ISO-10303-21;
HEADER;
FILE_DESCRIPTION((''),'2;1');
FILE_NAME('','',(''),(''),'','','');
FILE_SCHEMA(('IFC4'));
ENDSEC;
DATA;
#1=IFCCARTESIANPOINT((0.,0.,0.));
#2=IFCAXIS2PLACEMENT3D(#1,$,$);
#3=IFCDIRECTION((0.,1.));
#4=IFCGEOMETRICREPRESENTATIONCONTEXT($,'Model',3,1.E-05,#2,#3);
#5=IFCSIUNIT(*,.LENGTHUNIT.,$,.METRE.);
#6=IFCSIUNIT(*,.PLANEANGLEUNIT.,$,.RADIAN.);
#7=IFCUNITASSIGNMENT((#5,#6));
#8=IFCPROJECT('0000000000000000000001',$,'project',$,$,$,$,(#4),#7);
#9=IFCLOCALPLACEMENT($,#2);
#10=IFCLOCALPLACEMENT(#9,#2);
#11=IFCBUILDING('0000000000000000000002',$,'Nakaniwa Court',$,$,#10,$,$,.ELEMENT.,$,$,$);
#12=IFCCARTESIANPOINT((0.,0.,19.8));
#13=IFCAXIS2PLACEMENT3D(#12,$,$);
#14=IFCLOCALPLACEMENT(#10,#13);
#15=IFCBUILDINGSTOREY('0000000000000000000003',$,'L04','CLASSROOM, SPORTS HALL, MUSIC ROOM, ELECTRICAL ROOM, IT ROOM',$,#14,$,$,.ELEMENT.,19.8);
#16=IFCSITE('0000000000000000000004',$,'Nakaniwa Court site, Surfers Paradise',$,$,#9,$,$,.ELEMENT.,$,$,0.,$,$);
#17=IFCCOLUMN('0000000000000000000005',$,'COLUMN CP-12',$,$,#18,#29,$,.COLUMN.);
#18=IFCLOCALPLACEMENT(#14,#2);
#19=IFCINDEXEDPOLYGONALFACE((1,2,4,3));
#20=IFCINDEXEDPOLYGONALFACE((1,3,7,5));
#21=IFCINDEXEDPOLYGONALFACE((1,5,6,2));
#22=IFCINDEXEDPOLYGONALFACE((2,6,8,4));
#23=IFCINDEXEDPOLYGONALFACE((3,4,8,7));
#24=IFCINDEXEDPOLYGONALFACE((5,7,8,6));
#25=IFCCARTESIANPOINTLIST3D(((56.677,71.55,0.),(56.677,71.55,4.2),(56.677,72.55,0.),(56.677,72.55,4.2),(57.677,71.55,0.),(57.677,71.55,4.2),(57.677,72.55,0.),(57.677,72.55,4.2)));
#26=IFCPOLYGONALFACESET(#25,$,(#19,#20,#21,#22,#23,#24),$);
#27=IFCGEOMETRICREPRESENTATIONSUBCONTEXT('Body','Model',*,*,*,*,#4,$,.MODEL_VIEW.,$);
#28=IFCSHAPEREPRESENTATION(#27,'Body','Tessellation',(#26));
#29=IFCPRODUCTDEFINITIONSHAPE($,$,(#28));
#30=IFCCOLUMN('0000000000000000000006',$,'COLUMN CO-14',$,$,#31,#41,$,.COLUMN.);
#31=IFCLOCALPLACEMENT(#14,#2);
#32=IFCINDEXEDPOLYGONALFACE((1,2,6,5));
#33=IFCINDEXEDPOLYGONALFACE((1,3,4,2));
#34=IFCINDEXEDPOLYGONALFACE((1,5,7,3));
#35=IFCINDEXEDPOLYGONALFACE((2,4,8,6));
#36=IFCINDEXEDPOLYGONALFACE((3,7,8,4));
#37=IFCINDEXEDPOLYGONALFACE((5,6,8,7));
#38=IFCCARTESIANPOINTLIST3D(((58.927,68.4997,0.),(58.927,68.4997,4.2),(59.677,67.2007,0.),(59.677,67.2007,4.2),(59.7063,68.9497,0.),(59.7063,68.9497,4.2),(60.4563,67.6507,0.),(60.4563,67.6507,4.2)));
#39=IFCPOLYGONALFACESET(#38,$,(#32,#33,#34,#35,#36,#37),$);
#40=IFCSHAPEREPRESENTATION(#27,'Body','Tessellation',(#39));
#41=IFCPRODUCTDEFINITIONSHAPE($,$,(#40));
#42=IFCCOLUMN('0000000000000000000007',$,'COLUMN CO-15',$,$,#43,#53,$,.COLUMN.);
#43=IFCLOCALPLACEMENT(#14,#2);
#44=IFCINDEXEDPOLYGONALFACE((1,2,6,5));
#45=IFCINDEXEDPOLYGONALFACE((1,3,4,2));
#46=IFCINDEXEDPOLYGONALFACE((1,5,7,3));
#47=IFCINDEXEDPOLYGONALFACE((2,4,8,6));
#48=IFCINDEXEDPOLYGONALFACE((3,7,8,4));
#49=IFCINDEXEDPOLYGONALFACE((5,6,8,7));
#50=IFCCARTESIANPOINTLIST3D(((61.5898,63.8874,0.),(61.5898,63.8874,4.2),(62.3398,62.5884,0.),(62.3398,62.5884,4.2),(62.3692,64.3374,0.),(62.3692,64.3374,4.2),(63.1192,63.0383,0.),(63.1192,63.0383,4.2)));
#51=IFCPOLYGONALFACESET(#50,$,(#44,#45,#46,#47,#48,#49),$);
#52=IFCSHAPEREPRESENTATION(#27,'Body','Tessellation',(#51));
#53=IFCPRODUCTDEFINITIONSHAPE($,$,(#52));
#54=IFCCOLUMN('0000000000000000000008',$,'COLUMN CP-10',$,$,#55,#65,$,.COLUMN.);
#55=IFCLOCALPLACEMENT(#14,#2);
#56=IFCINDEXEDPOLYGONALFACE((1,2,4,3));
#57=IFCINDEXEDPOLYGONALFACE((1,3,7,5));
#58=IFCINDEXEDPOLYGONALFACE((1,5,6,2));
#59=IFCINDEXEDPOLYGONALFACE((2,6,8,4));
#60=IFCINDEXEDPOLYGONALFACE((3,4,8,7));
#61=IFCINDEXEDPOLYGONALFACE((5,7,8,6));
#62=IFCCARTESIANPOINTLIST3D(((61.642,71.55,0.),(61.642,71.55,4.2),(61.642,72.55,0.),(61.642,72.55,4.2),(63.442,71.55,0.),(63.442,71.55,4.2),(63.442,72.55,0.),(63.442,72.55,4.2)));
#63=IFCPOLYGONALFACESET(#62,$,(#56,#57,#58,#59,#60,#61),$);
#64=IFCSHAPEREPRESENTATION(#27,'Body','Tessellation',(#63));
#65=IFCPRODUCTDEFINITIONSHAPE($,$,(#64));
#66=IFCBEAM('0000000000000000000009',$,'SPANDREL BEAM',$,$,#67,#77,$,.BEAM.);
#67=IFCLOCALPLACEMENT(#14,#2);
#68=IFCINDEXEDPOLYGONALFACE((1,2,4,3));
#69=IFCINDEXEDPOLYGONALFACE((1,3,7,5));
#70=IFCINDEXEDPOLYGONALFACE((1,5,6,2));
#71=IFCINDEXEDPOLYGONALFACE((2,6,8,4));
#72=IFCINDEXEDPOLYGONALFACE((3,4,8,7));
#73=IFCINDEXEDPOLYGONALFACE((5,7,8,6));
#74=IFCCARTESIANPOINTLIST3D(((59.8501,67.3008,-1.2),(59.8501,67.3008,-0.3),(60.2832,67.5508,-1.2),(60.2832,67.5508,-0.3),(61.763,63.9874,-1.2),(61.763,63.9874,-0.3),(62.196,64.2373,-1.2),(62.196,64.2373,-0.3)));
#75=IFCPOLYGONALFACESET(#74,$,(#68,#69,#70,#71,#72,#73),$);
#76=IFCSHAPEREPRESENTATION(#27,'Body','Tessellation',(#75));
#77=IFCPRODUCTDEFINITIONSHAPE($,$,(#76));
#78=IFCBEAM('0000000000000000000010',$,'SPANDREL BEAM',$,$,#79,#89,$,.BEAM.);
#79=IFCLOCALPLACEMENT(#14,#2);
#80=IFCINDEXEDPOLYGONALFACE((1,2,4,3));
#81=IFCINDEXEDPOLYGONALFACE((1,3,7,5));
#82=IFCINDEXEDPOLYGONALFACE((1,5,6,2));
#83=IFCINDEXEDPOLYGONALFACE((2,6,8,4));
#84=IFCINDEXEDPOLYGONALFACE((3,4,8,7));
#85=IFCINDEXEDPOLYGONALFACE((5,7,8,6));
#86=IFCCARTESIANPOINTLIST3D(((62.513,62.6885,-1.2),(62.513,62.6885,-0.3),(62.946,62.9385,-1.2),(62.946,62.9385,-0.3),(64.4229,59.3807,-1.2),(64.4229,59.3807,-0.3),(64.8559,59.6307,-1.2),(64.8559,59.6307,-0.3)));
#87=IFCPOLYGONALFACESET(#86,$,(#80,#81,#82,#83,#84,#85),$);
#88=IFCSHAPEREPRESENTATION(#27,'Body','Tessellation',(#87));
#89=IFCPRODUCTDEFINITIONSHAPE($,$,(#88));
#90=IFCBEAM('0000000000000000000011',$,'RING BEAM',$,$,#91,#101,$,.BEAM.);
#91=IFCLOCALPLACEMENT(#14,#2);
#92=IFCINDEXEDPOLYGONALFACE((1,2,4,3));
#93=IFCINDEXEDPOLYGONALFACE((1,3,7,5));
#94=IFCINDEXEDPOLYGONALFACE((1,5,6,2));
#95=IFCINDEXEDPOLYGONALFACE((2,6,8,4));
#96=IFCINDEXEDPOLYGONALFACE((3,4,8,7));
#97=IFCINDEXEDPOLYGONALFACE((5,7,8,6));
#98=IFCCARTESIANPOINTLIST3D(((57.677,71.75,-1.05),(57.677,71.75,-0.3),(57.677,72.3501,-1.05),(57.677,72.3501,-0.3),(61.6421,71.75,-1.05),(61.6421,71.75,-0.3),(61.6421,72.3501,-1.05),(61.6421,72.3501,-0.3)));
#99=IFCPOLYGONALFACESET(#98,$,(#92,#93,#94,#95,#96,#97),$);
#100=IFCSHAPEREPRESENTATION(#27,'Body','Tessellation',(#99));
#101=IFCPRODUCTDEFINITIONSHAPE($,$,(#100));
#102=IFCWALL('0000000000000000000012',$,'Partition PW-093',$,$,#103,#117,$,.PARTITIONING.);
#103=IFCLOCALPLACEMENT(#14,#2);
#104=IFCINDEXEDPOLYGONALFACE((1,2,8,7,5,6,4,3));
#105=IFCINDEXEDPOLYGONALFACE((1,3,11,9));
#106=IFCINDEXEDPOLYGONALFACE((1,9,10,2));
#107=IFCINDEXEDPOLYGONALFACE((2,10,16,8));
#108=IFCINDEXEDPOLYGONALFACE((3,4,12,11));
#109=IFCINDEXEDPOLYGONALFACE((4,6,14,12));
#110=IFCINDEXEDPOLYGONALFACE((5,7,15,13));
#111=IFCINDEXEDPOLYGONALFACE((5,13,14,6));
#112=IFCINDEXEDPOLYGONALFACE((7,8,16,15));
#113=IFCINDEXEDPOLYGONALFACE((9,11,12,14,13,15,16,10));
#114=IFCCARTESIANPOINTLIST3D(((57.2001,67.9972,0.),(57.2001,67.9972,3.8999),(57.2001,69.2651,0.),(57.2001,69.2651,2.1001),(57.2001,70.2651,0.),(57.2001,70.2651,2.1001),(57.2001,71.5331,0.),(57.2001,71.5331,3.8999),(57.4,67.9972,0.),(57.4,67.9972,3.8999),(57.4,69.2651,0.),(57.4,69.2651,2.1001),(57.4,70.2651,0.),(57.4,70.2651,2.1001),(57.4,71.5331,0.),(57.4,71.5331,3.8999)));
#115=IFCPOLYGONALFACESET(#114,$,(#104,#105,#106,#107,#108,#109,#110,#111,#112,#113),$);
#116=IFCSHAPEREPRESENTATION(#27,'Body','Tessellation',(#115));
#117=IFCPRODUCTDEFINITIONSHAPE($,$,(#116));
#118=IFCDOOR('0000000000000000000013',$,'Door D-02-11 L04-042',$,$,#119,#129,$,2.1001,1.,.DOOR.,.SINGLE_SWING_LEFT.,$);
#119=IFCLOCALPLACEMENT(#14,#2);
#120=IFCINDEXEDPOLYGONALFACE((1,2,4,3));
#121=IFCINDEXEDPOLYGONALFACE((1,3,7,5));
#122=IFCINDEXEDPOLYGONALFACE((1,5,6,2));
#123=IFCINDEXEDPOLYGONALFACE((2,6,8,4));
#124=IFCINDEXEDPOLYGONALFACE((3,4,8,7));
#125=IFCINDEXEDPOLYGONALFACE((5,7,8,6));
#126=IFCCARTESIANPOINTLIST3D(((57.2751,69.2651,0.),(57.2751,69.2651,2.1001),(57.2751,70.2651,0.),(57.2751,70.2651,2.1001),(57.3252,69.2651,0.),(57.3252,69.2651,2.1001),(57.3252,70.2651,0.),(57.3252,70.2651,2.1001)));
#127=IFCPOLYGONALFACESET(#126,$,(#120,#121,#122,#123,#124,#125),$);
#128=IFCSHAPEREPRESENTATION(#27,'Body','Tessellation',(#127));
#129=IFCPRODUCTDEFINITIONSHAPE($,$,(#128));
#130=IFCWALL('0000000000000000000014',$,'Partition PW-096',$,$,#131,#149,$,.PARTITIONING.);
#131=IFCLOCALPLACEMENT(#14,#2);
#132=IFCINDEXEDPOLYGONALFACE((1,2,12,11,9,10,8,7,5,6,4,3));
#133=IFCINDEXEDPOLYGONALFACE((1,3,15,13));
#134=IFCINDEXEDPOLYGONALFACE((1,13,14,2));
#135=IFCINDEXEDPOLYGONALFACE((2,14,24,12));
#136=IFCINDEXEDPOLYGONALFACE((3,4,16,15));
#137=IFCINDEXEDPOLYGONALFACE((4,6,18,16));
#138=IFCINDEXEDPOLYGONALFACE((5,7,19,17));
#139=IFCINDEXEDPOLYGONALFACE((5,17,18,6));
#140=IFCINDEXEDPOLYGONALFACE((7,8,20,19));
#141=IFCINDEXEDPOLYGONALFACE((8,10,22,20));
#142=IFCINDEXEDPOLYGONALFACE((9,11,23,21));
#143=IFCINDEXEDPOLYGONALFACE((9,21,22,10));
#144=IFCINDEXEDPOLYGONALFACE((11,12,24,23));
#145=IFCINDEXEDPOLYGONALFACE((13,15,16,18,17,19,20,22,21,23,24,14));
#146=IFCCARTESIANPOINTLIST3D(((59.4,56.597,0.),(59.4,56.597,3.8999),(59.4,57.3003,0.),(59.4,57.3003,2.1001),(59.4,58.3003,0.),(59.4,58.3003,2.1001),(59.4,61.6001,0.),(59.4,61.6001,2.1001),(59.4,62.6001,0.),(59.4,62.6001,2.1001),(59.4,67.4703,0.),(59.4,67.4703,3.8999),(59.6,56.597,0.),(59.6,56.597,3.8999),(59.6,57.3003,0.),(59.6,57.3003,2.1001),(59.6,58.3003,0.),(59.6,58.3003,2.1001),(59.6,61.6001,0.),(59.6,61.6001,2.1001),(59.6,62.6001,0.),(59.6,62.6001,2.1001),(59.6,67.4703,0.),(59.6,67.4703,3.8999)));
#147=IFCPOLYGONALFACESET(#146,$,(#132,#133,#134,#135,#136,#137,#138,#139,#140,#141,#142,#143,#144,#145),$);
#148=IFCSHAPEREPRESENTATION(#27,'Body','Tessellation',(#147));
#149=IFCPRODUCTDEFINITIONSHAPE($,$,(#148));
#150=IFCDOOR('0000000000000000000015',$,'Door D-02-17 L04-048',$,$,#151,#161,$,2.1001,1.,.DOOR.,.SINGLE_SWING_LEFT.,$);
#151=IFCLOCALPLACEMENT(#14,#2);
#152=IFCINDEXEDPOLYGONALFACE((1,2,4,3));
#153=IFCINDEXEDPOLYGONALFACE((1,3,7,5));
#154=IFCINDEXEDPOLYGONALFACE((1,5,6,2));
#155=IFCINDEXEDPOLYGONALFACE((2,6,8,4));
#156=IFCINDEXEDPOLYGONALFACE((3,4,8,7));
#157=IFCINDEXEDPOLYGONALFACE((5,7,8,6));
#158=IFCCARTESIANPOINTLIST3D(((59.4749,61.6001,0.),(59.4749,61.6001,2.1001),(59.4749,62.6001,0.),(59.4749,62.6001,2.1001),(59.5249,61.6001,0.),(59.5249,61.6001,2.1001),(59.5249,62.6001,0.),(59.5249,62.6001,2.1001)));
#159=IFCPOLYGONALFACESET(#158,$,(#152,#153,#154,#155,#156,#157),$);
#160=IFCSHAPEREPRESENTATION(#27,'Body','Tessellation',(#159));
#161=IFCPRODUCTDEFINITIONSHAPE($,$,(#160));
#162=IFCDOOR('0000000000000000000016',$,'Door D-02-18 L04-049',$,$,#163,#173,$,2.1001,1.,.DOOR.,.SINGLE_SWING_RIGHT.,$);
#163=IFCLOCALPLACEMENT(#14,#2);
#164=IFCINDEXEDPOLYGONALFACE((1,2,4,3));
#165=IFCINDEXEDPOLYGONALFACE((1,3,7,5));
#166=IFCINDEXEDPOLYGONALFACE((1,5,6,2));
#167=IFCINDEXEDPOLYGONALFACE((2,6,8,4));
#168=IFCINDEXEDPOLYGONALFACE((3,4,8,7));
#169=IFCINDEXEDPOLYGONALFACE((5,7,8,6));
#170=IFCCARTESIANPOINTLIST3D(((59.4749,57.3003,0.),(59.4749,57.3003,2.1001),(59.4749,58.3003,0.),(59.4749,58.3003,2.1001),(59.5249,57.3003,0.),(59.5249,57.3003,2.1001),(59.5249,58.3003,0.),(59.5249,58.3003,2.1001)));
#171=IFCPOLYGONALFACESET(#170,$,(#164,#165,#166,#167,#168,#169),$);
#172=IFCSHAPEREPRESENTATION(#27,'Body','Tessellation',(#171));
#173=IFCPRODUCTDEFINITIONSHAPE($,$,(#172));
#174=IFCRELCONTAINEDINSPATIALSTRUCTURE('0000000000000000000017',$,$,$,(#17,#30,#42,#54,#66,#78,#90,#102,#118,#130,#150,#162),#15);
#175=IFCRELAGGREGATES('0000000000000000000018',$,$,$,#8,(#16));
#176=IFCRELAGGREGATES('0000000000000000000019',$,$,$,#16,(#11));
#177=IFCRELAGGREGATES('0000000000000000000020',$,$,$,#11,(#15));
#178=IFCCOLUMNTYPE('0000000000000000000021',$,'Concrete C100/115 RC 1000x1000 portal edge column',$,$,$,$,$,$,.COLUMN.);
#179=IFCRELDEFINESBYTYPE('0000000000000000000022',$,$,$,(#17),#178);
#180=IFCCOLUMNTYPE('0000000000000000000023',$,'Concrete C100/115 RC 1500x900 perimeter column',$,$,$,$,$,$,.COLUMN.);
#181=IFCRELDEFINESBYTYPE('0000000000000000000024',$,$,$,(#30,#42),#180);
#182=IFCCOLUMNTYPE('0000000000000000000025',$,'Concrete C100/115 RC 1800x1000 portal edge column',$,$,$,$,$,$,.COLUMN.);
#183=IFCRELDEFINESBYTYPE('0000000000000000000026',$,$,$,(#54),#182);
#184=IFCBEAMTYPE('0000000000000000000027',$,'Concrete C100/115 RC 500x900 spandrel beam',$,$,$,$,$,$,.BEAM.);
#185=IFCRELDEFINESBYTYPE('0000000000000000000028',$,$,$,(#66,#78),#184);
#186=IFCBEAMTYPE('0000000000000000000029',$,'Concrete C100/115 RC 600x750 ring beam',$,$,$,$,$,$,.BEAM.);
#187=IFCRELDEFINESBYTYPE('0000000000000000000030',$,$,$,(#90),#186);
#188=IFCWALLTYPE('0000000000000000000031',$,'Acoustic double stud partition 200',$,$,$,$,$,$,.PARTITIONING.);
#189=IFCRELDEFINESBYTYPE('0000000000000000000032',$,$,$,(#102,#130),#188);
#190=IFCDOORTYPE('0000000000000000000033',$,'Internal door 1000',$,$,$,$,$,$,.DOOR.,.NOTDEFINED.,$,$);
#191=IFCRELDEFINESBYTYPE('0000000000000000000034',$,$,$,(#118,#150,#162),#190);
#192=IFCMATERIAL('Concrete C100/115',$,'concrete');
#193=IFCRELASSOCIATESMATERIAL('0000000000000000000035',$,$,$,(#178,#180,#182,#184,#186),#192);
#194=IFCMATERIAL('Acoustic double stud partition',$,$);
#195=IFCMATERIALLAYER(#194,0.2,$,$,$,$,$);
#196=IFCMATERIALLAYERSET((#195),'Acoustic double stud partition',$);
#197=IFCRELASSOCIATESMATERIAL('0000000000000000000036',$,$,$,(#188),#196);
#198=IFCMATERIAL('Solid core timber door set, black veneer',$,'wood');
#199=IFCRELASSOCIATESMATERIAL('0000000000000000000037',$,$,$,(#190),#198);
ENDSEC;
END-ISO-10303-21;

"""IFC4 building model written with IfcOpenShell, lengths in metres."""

from ifc_helpers import new_model, si_unit, direction, frame, frame_2d, origin, origin_2d, place, context, subcontext, project, spatial, rectangle, extrude, material, layer, layer_set, material_profile, profile_set, type_object, element, fill, save


model = new_model("IFC4")

# Units and contexts
model_context = context("Model", 3, precision=1e-05, world=origin(), true_north=direction((0.0, 1.0)))
body_context = subcontext(model_context, "Body", "Model", "MODEL_VIEW")
ifc_project = project(units=[si_unit("LENGTHUNIT", "METRE"), si_unit("PLANEANGLEUNIT", "RADIAN")], contexts=[model_context])

# Site, building, storey
site_placement = place(None, origin())
site = spatial("IfcSite", under=ifc_project, at=site_placement, Name="Nakaniwa Court site, Surfers Paradise", CompositionType="ELEMENT", RefElevation=0.0)
building_placement = place(site_placement, origin())
building = spatial("IfcBuilding", under=site, at=building_placement, Name="Nakaniwa Court", CompositionType="ELEMENT")
storey_placement = place(building_placement, frame((0.0, 0.0, 19.8)))
storey = spatial("IfcBuildingStorey", under=building, at=storey_placement, Name="L04", Description="CLASSROOM, SPORTS HALL, MUSIC ROOM, ELECTRICAL ROOM, IT ROOM", CompositionType="ELEMENT", Elevation=19.8)

# Columns
ifc_material_1 = material(Name="Concrete C100/115", Category="concrete")
ifc_material_profile_1 = material_profile(ifc_material_1, rectangle(XDim=1.0, YDim=1.0, at=origin_2d()), Name="Concrete C100/115 RC 1000x1000 portal edge column")
ifc_profile_set_1 = profile_set([ifc_material_profile_1], Name="Concrete C100/115")
column_type_1 = type_object("IfcColumnType", Name="Concrete C100/115 RC 1000x1000 portal edge column", PredefinedType="COLUMN", material=ifc_profile_set_1)
column_1_placement = place(storey_placement, frame((57.177, 72.05, 0.0), z_axis=(0.0, 0.0, 1.0), x_axis=(1.0, 0.0, 0.0)))
element("IfcColumn", 1, at=column_1_placement, inside=storey, type_object=column_type_1, Name="COLUMN CP-12", PredefinedType="COLUMN", context=body_context, shape_type="SweptSolid", body=[
    extrude(rectangle(XDim=1.0, YDim=1.0, at=origin_2d()), origin(), (0.0, 0.0, 1.0), 4.2),
])
ifc_material_profile_2 = material_profile(ifc_material_1, rectangle(XDim=1.5, YDim=0.8999, at=origin_2d()), Name="Concrete C100/115 RC 1500x900 perimeter column")
ifc_profile_set_2 = profile_set([ifc_material_profile_2], Name="Concrete C100/115")
column_type_2 = type_object("IfcColumnType", Name="Concrete C100/115 RC 1500x900 perimeter column", PredefinedType="COLUMN", material=ifc_profile_set_2)
for number, where, z_axis, x_axis, name in (
    (2, (59.6917, 68.0752, 0.0), (0.0, 0.0, 1.0), (0.5, -0.866025, 0.0), "COLUMN CO-14"),
    (3, (62.3545, 63.4629, 0.0), (0.0, 0.0, 1.0), (0.5, -0.866025, 0.0), "COLUMN CO-15"),
):
    element("IfcColumn", number, at=place(storey_placement, frame(where, z_axis=z_axis, x_axis=x_axis)), inside=storey, type_object=column_type_2, Name=name, PredefinedType="COLUMN", context=body_context, shape_type="SweptSolid", body=[
        extrude(rectangle(XDim=1.5, YDim=0.8999, at=origin_2d()), origin(), (0.0, 0.0, 1.0), 4.2),
    ])
ifc_material_profile_3 = material_profile(ifc_material_1, rectangle(XDim=1.8, YDim=1.0, at=origin_2d()), Name="Concrete C100/115 RC 1800x1000 portal edge column")
ifc_profile_set_3 = profile_set([ifc_material_profile_3], Name="Concrete C100/115")
column_type_3 = type_object("IfcColumnType", Name="Concrete C100/115 RC 1800x1000 portal edge column", PredefinedType="COLUMN", material=ifc_profile_set_3)
column_2_placement = place(storey_placement, frame((62.542, 72.05, 0.0), z_axis=(0.0, 0.0, 1.0), x_axis=(1.0, 0.0, 0.0)))
element("IfcColumn", 4, at=column_2_placement, inside=storey, type_object=column_type_3, Name="COLUMN CP-10", PredefinedType="COLUMN", context=body_context, shape_type="SweptSolid", body=[
    extrude(rectangle(XDim=1.8, YDim=1.0, at=origin_2d()), origin(), (0.0, 0.0, 1.0), 4.2),
])

# Beams
ifc_material_profile_4 = material_profile(ifc_material_1, rectangle(XDim=0.5, YDim=0.8999, at=origin_2d()), Name="Concrete C100/115 RC 500x900 spandrel beam")
ifc_profile_set_4 = profile_set([ifc_material_profile_4], Name="Concrete C100/115")
beam_type_1 = type_object("IfcBeamType", Name="Concrete C100/115 RC 500x900 spandrel beam", PredefinedType="BEAM", material=ifc_profile_set_4)
beam_1_placement = place(storey_placement, frame((60.0667, 67.4258, -0.75), z_axis=(0.499962, -0.866047, 0.0), x_axis=(0.866047, 0.499962, 0.0)))
element("IfcBeam", 5, at=beam_1_placement, inside=storey, type_object=beam_type_1, Name="SPANDREL BEAM", PredefinedType="BEAM", context=body_context, shape_type="SweptSolid", body=[
    extrude(rectangle(XDim=0.5, YDim=0.8999, at=origin_2d()), origin(), (0.0, 0.0, 1.0), 3.8259),
])
beam_2_placement = place(storey_placement, frame((62.7295, 62.8135, -0.75), z_axis=(0.500023, -0.866012, 0.0), x_axis=(0.866012, 0.500023, 0.0)))
element("IfcBeam", 6, at=beam_2_placement, inside=storey, type_object=beam_type_1, Name="SPANDREL BEAM", PredefinedType="BEAM", context=body_context, shape_type="SweptSolid", body=[
    extrude(rectangle(XDim=0.5, YDim=0.8999, at=origin_2d()), origin(), (0.0, 0.0, 1.0), 3.8196),
])
ifc_material_profile_5 = material_profile(ifc_material_1, rectangle(XDim=0.6001, YDim=0.75, at=origin_2d()), Name="Concrete C100/115 RC 600x750 ring beam")
ifc_profile_set_5 = profile_set([ifc_material_profile_5], Name="Concrete C100/115")
beam_type_2 = type_object("IfcBeamType", Name="Concrete C100/115 RC 600x750 ring beam", PredefinedType="BEAM", material=ifc_profile_set_5)
beam_3_placement = place(storey_placement, frame((57.677, 72.05, -0.675), z_axis=(1.0, 0.0, 0.0), x_axis=(0.0, 1.0, 0.0)))
element("IfcBeam", 7, at=beam_3_placement, inside=storey, type_object=beam_type_2, Name="RING BEAM", PredefinedType="BEAM", context=body_context, shape_type="SweptSolid", body=[
    extrude(rectangle(XDim=0.6001, YDim=0.75, at=origin_2d()), origin(), (0.0, 0.0, 1.0), 3.9651),
])

# Wall, opening, door
ifc_material_2 = material(Name="Acoustic double stud partition")
ifc_layer_1 = layer(ifc_material_2, 0.2)
ifc_layer_set_1 = layer_set([ifc_layer_1], Name="Acoustic double stud partition")
wall_type_1 = type_object("IfcWallType", Name="Acoustic double stud partition 200", PredefinedType="PARTITIONING", material=ifc_layer_set_1)
wall_1_placement = place(storey_placement, frame((57.3, 67.9971, 0.0), z_axis=(0.0, 0.0, 1.0), x_axis=(0.0, 1.0, 0.0)))
wall_1 = element("IfcWall", 8, at=wall_1_placement, inside=storey, type_object=wall_type_1, Name="Partition PW-093", PredefinedType="PARTITIONING", context=body_context, shape_type="SweptSolid", body=[
    extrude(rectangle(XDim=3.5359, YDim=0.2, at=frame_2d((1.7681, 0.0))), origin(), (0.0, 0.0, 1.0), 3.8999),
])
opening_1_placement = place(wall_1_placement, frame((1.2681, 0.0, 0.0)))
opening_1 = element("IfcOpeningElement", 9, at=opening_1_placement, cuts=wall_1, PredefinedType="OPENING", context=body_context, shape_type="SweptSolid", body=[
    extrude(rectangle(XDim=1.0, YDim=2.1001, at=frame_2d((0.5, 1.05))), frame((0.0, 0.1099, 0.0), z_axis=(0.0, -1.0, 0.0), x_axis=(1.0, 0.0, 0.0)), (0.0, 0.0, 1.0), 0.22),
])
ifc_material_3 = material(Name="Solid core timber door set, black veneer", Category="wood")
door_type_1 = type_object("IfcDoorType", Name="Internal door 1000", OperationType="NOTDEFINED", PredefinedType="DOOR", material=ifc_material_3)
door_1_placement = place(opening_1_placement, origin())
door_1 = element("IfcDoor", 10, at=door_1_placement, inside=storey, type_object=door_type_1, Name="Door D-02-11 L04-042", OperationType="SINGLE_SWING_LEFT", OverallHeight=2.1001, OverallWidth=1.0, PredefinedType="DOOR", context=body_context, shape_type="SweptSolid", body=[
    extrude(rectangle(XDim=1.0, YDim=2.1001, at=frame_2d((0.5, 1.05))), frame((0.0, 0.0249, 0.0), z_axis=(0.0, -1.0, 0.0), x_axis=(1.0, 0.0, 0.0)), (0.0, 0.0, 1.0), 0.05),
])
fill(opening_1, door_1)

# Wall, openings, doors
wall_2_placement = place(storey_placement, frame((59.5, 67.4702, 0.0), z_axis=(0.0, 0.0, 1.0), x_axis=(0.0, -1.0, 0.0)))
wall_2 = element("IfcWall", 11, at=wall_2_placement, inside=storey, type_object=wall_type_1, Name="Partition PW-096", PredefinedType="PARTITIONING", context=body_context, shape_type="SweptSolid", body=[
    extrude(rectangle(XDim=10.8733, YDim=0.2, at=frame_2d((5.4365, 0.0))), origin(), (0.0, 0.0, 1.0), 3.8999),
])
opening_2_placement = place(wall_2_placement, frame((4.8701, 0.0, 0.0)))
opening_2 = element("IfcOpeningElement", 12, at=opening_2_placement, cuts=wall_2, PredefinedType="OPENING", context=body_context, shape_type="SweptSolid", body=[
    extrude(rectangle(XDim=1.0, YDim=2.1001, at=frame_2d((0.5, 1.05))), frame((0.0, 0.1099, 0.0), z_axis=(0.0, -1.0, 0.0), x_axis=(1.0, 0.0, 0.0)), (0.0, 0.0, 1.0), 0.22),
])
opening_3_placement = place(wall_2_placement, frame((9.1699, 0.0, 0.0)))
opening_3 = element("IfcOpeningElement", 13, at=opening_3_placement, cuts=wall_2, PredefinedType="OPENING", context=body_context, shape_type="SweptSolid", body=[
    extrude(rectangle(XDim=1.0, YDim=2.1001, at=frame_2d((0.5, 1.05))), frame((0.0, 0.1099, 0.0), z_axis=(0.0, -1.0, 0.0), x_axis=(1.0, 0.0, 0.0)), (0.0, 0.0, 1.0), 0.22),
])
door_2_placement = place(opening_2_placement, origin())
door_2 = element("IfcDoor", 14, at=door_2_placement, inside=storey, type_object=door_type_1, Name="Door D-02-17 L04-048", OperationType="SINGLE_SWING_LEFT", OverallHeight=2.1001, OverallWidth=1.0, PredefinedType="DOOR", context=body_context, shape_type="SweptSolid", body=[
    extrude(rectangle(XDim=1.0, YDim=2.1001, at=frame_2d((0.5, 1.05))), frame((0.0, 0.0249, 0.0), z_axis=(0.0, -1.0, 0.0), x_axis=(1.0, 0.0, 0.0)), (0.0, 0.0, 1.0), 0.05),
])
fill(opening_2, door_2)
door_3_placement = place(opening_3_placement, origin())
door_3 = element("IfcDoor", 15, at=door_3_placement, inside=storey, type_object=door_type_1, Name="Door D-02-18 L04-049", OperationType="SINGLE_SWING_RIGHT", OverallHeight=2.1001, OverallWidth=1.0, PredefinedType="DOOR", context=body_context, shape_type="SweptSolid", body=[
    extrude(rectangle(XDim=1.0, YDim=2.1001, at=frame_2d((0.5, 1.05))), frame((0.0, 0.0249, 0.0), z_axis=(0.0, -1.0, 0.0), x_axis=(1.0, 0.0, 0.0)), (0.0, 0.0, 1.0), 0.05),
])
fill(opening_3, door_3)

save(model, "model.ifc")
